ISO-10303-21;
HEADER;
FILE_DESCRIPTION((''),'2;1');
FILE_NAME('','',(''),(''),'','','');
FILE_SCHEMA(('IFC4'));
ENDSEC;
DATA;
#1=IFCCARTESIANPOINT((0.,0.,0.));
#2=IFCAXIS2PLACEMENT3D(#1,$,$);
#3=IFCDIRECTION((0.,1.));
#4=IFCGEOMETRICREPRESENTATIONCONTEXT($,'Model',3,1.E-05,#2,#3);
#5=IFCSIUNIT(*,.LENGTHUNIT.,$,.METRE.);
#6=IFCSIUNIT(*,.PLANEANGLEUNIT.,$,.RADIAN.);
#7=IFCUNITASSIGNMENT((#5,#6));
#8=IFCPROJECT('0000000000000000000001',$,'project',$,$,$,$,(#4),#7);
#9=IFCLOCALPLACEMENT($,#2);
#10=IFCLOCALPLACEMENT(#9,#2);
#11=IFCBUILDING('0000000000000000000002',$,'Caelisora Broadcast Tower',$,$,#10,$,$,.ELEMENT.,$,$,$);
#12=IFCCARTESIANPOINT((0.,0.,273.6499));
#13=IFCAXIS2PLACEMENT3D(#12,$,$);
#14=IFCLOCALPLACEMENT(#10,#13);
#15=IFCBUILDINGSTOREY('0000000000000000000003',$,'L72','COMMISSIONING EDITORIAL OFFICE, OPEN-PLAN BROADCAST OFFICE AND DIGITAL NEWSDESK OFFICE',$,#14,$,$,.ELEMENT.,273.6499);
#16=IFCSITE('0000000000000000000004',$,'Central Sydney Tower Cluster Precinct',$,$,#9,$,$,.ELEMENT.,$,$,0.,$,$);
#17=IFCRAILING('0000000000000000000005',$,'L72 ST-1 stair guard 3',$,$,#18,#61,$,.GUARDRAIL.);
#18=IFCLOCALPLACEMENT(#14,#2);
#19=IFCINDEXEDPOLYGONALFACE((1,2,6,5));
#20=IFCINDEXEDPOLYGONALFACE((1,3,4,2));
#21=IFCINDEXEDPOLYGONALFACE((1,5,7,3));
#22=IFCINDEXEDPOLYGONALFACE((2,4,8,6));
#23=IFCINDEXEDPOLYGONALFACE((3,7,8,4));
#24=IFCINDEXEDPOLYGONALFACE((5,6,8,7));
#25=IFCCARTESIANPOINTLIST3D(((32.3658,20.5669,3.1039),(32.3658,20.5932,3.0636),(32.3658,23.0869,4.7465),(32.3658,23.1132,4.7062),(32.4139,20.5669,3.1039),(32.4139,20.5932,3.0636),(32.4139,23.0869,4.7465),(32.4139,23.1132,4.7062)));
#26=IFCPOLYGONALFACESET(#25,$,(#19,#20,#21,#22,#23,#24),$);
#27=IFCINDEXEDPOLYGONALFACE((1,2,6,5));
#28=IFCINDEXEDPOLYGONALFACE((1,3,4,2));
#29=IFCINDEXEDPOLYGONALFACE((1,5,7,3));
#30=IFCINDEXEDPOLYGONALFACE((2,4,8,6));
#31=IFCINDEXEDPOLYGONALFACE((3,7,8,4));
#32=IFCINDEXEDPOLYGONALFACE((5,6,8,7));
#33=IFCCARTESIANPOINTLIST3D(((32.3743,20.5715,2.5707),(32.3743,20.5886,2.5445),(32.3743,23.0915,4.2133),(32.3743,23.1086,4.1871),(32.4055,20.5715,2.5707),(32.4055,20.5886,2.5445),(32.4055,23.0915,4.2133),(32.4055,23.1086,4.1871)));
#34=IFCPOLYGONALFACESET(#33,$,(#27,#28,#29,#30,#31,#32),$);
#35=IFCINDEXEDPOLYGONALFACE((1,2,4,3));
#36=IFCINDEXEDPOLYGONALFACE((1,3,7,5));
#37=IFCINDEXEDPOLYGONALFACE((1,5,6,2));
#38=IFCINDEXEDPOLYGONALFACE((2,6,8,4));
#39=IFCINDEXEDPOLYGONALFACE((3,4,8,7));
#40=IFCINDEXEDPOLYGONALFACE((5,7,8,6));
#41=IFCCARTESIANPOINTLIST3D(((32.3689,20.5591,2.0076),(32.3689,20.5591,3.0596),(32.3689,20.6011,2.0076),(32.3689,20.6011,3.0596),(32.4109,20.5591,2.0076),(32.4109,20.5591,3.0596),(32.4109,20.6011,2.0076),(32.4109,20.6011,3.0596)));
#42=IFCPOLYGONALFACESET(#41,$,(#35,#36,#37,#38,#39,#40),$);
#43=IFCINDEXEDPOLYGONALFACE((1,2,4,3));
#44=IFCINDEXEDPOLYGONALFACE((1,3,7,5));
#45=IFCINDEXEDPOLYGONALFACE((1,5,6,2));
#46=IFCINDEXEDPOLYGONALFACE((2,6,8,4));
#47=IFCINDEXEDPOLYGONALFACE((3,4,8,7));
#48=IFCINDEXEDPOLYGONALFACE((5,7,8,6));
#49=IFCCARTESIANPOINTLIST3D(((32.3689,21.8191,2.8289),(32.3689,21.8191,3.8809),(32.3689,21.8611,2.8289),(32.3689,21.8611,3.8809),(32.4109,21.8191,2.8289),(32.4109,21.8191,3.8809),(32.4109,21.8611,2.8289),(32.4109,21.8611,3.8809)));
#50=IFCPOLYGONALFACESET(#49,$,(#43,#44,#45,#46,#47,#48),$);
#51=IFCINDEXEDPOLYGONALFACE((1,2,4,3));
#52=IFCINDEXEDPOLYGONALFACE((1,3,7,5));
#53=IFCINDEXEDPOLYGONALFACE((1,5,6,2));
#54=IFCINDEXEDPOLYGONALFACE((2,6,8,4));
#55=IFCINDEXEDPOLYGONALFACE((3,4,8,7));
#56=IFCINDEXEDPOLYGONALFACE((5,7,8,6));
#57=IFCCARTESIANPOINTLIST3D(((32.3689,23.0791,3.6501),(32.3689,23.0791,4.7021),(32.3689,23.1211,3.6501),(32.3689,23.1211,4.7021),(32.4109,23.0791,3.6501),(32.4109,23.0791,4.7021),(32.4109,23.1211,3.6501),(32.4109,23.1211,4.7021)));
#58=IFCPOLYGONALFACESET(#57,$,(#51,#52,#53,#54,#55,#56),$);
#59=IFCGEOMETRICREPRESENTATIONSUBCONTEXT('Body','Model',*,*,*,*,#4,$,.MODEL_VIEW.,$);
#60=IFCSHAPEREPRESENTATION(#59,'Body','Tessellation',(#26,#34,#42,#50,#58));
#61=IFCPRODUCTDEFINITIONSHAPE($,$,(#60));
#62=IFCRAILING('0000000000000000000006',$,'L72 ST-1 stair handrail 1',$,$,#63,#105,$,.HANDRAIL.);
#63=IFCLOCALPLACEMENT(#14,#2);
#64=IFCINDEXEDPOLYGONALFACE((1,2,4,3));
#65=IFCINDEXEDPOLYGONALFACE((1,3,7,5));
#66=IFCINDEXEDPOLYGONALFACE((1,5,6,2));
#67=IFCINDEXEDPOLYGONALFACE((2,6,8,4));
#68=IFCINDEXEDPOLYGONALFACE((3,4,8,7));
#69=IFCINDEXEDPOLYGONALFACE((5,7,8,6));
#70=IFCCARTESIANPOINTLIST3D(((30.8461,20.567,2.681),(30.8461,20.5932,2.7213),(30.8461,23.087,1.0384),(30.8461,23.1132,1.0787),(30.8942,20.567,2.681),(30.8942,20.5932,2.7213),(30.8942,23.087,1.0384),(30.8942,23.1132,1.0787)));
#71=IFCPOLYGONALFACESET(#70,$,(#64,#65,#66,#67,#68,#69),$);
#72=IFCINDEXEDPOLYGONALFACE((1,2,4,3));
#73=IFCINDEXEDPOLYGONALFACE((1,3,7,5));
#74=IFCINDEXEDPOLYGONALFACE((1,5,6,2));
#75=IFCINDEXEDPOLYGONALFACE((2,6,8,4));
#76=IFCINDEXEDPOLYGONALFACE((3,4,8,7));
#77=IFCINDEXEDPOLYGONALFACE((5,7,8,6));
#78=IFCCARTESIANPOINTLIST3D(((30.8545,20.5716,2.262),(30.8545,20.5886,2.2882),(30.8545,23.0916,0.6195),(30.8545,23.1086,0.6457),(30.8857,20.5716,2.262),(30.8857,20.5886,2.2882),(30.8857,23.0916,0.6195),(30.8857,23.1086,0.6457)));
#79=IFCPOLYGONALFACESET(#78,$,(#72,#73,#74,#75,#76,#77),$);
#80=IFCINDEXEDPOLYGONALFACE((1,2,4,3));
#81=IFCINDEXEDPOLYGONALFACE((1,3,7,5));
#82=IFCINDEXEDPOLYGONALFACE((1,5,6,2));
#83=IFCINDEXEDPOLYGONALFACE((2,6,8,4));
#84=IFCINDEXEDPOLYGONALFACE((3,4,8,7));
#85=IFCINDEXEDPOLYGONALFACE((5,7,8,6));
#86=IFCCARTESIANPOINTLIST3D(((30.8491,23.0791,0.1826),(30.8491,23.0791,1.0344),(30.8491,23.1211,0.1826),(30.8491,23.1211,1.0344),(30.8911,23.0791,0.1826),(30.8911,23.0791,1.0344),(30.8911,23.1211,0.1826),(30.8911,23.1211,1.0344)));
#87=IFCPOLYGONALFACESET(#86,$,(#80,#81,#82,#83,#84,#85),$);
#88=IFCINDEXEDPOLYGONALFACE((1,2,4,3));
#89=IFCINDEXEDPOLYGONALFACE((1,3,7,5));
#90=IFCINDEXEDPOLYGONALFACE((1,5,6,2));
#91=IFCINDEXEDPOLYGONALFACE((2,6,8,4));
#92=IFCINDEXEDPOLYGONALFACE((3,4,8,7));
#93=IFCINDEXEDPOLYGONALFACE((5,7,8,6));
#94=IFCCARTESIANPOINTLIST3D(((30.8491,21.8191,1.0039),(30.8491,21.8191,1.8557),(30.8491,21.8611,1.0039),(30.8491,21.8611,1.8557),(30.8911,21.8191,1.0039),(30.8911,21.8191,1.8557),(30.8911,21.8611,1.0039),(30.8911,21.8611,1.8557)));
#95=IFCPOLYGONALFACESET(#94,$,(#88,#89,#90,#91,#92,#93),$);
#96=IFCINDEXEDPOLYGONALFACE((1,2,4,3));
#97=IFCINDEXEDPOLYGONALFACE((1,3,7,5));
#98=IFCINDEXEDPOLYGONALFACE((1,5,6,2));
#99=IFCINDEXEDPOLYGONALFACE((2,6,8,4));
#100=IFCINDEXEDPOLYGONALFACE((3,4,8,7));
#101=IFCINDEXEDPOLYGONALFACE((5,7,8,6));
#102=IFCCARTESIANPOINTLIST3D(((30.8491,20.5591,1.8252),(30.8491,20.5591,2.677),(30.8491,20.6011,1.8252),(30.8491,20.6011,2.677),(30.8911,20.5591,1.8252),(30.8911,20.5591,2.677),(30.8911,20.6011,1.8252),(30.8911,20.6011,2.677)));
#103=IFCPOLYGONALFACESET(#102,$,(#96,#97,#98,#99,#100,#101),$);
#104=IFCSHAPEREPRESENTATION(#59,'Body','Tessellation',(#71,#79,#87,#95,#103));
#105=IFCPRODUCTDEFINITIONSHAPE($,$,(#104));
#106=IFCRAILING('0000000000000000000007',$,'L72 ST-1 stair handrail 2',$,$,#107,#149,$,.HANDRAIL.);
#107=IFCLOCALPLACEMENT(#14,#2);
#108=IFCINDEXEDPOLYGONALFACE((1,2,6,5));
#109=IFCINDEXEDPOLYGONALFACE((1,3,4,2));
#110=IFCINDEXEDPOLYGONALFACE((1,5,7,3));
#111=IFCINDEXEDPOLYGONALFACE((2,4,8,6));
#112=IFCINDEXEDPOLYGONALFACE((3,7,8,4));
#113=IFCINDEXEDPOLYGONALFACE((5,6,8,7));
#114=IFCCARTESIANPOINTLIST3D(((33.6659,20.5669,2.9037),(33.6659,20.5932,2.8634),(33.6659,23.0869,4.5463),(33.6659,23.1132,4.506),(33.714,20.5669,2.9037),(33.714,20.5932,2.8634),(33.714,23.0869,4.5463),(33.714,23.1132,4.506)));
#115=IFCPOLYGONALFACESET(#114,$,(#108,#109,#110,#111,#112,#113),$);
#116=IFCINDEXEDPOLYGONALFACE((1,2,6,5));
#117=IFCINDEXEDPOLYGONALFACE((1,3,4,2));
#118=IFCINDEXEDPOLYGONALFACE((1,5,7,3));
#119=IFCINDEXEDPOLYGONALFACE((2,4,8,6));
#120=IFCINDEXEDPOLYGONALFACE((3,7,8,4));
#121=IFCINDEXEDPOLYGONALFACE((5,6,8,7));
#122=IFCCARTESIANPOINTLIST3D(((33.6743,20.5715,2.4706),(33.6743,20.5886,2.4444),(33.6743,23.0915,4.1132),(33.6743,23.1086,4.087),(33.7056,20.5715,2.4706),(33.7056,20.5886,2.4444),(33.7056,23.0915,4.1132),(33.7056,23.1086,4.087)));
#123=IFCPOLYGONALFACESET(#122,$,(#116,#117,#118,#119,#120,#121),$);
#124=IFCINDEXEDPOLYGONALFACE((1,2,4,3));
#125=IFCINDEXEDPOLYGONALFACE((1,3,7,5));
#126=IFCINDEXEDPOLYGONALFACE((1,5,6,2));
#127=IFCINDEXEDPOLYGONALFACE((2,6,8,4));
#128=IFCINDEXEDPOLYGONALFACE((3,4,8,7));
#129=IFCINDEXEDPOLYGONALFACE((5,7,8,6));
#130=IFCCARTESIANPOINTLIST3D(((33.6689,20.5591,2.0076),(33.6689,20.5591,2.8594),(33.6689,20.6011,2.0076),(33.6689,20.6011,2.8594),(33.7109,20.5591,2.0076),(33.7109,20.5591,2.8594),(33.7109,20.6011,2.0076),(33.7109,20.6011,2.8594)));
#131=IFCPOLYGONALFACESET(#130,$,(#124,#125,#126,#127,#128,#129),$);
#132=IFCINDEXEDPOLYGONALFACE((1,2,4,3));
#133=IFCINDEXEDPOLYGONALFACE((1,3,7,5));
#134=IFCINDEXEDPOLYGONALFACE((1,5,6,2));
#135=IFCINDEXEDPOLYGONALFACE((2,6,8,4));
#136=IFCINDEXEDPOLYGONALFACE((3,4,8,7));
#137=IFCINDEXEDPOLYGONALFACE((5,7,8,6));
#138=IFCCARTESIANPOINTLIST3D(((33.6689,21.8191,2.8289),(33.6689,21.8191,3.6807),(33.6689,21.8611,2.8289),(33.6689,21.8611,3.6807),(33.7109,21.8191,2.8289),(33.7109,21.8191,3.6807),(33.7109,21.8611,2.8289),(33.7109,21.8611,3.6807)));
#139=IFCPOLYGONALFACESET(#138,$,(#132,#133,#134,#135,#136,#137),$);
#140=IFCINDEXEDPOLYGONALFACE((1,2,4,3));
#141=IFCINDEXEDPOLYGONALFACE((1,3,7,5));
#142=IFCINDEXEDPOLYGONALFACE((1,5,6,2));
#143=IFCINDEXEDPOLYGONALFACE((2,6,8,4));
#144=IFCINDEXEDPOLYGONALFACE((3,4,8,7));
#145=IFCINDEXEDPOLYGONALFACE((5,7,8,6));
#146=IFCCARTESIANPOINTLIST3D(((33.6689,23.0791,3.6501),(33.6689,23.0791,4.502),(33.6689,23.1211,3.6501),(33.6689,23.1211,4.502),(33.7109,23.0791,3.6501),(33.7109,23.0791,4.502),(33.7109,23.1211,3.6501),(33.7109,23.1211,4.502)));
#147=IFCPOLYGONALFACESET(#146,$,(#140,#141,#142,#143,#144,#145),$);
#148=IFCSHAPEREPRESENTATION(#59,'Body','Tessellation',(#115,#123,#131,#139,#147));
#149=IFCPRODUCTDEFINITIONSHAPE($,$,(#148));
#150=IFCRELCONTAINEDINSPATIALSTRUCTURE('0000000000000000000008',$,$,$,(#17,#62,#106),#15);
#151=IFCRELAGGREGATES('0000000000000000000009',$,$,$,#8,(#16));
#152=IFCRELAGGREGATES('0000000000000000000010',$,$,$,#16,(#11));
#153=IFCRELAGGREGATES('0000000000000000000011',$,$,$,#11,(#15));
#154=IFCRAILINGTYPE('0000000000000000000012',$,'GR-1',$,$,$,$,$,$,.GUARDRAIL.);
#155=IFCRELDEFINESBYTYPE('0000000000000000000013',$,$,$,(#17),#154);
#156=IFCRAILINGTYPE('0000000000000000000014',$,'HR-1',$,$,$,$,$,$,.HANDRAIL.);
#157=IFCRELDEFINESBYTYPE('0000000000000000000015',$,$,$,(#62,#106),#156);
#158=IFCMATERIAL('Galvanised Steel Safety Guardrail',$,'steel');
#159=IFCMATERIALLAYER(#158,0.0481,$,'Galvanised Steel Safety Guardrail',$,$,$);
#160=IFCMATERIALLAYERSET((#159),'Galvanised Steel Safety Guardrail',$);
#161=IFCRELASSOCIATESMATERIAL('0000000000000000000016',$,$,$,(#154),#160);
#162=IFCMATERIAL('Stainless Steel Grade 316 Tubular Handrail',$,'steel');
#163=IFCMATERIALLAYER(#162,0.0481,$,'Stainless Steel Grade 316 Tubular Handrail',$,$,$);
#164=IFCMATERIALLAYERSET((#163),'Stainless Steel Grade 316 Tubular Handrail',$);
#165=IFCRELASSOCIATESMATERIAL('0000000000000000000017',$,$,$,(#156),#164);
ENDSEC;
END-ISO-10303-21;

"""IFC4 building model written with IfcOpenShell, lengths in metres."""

from ifc_helpers import new_model, si_unit, direction, frame, origin, origin_2d, place, context, subcontext, project, spatial, rectangle, extrude, material, layer, layer_set, type_object, element, save


model = new_model("IFC4")

# Units and contexts
model_context = context("Model", 3, precision=1e-05, world=origin(), true_north=direction((0.0, 1.0)))
body_context = subcontext(model_context, "Body", "Model", "MODEL_VIEW")
ifc_project = project(units=[si_unit("LENGTHUNIT", "METRE"), si_unit("PLANEANGLEUNIT", "RADIAN")], contexts=[model_context])

# Site, building, storey
site_placement = place(None, origin())
site = spatial("IfcSite", under=ifc_project, at=site_placement, Name="Central Sydney Tower Cluster Precinct", CompositionType="ELEMENT", RefElevation=0.0)
building_placement = place(site_placement, origin())
building = spatial("IfcBuilding", under=site, at=building_placement, Name="Caelisora Broadcast Tower", CompositionType="ELEMENT")
storey_placement = place(building_placement, frame((0.0, 0.0, 273.6499)))
storey = spatial("IfcBuildingStorey", under=building, at=storey_placement, Name="L72", Description="COMMISSIONING EDITORIAL OFFICE, OPEN-PLAN BROADCAST OFFICE AND DIGITAL NEWSDESK OFFICE", CompositionType="ELEMENT", Elevation=273.6499)

# Railings
ifc_material_1 = material(Name="Galvanised Steel Safety Guardrail", Category="steel")
ifc_layer_1 = layer(ifc_material_1, 0.0481, Name="Galvanised Steel Safety Guardrail")
ifc_layer_set_1 = layer_set([ifc_layer_1], Name="Galvanised Steel Safety Guardrail")
railing_type_1 = type_object("IfcRailingType", Name="GR-1", PredefinedType="GUARDRAIL", material=ifc_layer_set_1)
railing_1_placement = place(storey_placement, frame((32.3899, 20.5801, 2.0076)))
element("IfcRailing", 1, at=railing_1_placement, inside=storey, type_object=railing_type_1, Name="L72 ST-1 stair guard 3", PredefinedType="GUARDRAIL", context=body_context, shape_type="SweptSolid", body=[
    extrude(rectangle(XDim=0.0481, YDim=0.0481, at=origin_2d()), frame((0.0, 0.0, 1.0762), z_axis=(0.0, 0.837749, 0.546055), x_axis=(-1.0, 0.0, 0.0)), (0.0, 0.0, 1.0), 3.0081),
    extrude(rectangle(XDim=0.0312, YDim=0.0312, at=origin_2d()), frame((0.0, 0.0, 0.55), z_axis=(0.0, 0.837749, 0.546055), x_axis=(-1.0, 0.0, 0.0)), (0.0, 0.0, 1.0), 3.0081),
    extrude(rectangle(XDim=0.042, YDim=0.042, at=origin_2d()), origin(), (0.0, 0.0, 1.0), 1.052),
    extrude(rectangle(XDim=0.042, YDim=0.042, at=origin_2d()), frame((0.0, 1.26, 0.8213)), (0.0, 0.0, 1.0), 1.052),
    extrude(rectangle(XDim=0.042, YDim=0.042, at=origin_2d()), frame((0.0, 2.52, 1.6426)), (0.0, 0.0, 1.0), 1.052),
])
ifc_material_2 = material(Name="Stainless Steel Grade 316 Tubular Handrail", Category="steel")
ifc_layer_2 = layer(ifc_material_2, 0.0481, Name="Stainless Steel Grade 316 Tubular Handrail")
ifc_layer_set_2 = layer_set([ifc_layer_2], Name="Stainless Steel Grade 316 Tubular Handrail")
railing_type_2 = type_object("IfcRailingType", Name="HR-1", PredefinedType="HANDRAIL", material=ifc_layer_set_2)
railing_2_placement = place(storey_placement, frame((30.8701, 23.1001, 0.1826)))
element("IfcRailing", 2, at=railing_2_placement, inside=storey, type_object=railing_type_2, Name="L72 ST-1 stair handrail 1", PredefinedType="HANDRAIL", context=body_context, shape_type="SweptSolid", body=[
    extrude(rectangle(XDim=0.0481, YDim=0.0481, at=origin_2d()), frame((0.0, 0.0, 0.876), z_axis=(0.0, -0.837749, 0.546055), x_axis=(1.0, 0.0, 0.0)), (0.0, 0.0, 1.0), 3.0081),
    extrude(rectangle(XDim=0.0312, YDim=0.0312, at=origin_2d()), frame((0.0, 0.0, 0.45), z_axis=(0.0, -0.837749, 0.546055), x_axis=(1.0, 0.0, 0.0)), (0.0, 0.0, 1.0), 3.0081),
    extrude(rectangle(XDim=0.042, YDim=0.042, at=origin_2d()), origin(), (0.0, 0.0, 1.0), 0.8518),
    extrude(rectangle(XDim=0.042, YDim=0.042, at=origin_2d()), frame((0.0, -1.26, 0.8213)), (0.0, 0.0, 1.0), 0.8518),
    extrude(rectangle(XDim=0.042, YDim=0.042, at=origin_2d()), frame((0.0, -2.52, 1.6426)), (0.0, 0.0, 1.0), 0.8518),
])
railing_3_placement = place(storey_placement, frame((33.6899, 20.5801, 2.0076)))
element("IfcRailing", 3, at=railing_3_placement, inside=storey, type_object=railing_type_2, Name="L72 ST-1 stair handrail 2", PredefinedType="HANDRAIL", context=body_context, shape_type="SweptSolid", body=[
    extrude(rectangle(XDim=0.0481, YDim=0.0481, at=origin_2d()), frame((0.0, 0.0, 0.876), z_axis=(0.0, 0.837749, 0.546055), x_axis=(-1.0, 0.0, 0.0)), (0.0, 0.0, 1.0), 3.0081),
    extrude(rectangle(XDim=0.0312, YDim=0.0312, at=origin_2d()), frame((0.0, 0.0, 0.45), z_axis=(0.0, 0.837749, 0.546055), x_axis=(-1.0, 0.0, 0.0)), (0.0, 0.0, 1.0), 3.0081),
    extrude(rectangle(XDim=0.042, YDim=0.042, at=origin_2d()), origin(), (0.0, 0.0, 1.0), 0.8518),
    extrude(rectangle(XDim=0.042, YDim=0.042, at=origin_2d()), frame((0.0, 1.26, 0.8213)), (0.0, 0.0, 1.0), 0.8518),
    extrude(rectangle(XDim=0.042, YDim=0.042, at=origin_2d()), frame((0.0, 2.52, 1.6426)), (0.0, 0.0, 1.0), 0.8518),
])

save(model, "model.ifc")
